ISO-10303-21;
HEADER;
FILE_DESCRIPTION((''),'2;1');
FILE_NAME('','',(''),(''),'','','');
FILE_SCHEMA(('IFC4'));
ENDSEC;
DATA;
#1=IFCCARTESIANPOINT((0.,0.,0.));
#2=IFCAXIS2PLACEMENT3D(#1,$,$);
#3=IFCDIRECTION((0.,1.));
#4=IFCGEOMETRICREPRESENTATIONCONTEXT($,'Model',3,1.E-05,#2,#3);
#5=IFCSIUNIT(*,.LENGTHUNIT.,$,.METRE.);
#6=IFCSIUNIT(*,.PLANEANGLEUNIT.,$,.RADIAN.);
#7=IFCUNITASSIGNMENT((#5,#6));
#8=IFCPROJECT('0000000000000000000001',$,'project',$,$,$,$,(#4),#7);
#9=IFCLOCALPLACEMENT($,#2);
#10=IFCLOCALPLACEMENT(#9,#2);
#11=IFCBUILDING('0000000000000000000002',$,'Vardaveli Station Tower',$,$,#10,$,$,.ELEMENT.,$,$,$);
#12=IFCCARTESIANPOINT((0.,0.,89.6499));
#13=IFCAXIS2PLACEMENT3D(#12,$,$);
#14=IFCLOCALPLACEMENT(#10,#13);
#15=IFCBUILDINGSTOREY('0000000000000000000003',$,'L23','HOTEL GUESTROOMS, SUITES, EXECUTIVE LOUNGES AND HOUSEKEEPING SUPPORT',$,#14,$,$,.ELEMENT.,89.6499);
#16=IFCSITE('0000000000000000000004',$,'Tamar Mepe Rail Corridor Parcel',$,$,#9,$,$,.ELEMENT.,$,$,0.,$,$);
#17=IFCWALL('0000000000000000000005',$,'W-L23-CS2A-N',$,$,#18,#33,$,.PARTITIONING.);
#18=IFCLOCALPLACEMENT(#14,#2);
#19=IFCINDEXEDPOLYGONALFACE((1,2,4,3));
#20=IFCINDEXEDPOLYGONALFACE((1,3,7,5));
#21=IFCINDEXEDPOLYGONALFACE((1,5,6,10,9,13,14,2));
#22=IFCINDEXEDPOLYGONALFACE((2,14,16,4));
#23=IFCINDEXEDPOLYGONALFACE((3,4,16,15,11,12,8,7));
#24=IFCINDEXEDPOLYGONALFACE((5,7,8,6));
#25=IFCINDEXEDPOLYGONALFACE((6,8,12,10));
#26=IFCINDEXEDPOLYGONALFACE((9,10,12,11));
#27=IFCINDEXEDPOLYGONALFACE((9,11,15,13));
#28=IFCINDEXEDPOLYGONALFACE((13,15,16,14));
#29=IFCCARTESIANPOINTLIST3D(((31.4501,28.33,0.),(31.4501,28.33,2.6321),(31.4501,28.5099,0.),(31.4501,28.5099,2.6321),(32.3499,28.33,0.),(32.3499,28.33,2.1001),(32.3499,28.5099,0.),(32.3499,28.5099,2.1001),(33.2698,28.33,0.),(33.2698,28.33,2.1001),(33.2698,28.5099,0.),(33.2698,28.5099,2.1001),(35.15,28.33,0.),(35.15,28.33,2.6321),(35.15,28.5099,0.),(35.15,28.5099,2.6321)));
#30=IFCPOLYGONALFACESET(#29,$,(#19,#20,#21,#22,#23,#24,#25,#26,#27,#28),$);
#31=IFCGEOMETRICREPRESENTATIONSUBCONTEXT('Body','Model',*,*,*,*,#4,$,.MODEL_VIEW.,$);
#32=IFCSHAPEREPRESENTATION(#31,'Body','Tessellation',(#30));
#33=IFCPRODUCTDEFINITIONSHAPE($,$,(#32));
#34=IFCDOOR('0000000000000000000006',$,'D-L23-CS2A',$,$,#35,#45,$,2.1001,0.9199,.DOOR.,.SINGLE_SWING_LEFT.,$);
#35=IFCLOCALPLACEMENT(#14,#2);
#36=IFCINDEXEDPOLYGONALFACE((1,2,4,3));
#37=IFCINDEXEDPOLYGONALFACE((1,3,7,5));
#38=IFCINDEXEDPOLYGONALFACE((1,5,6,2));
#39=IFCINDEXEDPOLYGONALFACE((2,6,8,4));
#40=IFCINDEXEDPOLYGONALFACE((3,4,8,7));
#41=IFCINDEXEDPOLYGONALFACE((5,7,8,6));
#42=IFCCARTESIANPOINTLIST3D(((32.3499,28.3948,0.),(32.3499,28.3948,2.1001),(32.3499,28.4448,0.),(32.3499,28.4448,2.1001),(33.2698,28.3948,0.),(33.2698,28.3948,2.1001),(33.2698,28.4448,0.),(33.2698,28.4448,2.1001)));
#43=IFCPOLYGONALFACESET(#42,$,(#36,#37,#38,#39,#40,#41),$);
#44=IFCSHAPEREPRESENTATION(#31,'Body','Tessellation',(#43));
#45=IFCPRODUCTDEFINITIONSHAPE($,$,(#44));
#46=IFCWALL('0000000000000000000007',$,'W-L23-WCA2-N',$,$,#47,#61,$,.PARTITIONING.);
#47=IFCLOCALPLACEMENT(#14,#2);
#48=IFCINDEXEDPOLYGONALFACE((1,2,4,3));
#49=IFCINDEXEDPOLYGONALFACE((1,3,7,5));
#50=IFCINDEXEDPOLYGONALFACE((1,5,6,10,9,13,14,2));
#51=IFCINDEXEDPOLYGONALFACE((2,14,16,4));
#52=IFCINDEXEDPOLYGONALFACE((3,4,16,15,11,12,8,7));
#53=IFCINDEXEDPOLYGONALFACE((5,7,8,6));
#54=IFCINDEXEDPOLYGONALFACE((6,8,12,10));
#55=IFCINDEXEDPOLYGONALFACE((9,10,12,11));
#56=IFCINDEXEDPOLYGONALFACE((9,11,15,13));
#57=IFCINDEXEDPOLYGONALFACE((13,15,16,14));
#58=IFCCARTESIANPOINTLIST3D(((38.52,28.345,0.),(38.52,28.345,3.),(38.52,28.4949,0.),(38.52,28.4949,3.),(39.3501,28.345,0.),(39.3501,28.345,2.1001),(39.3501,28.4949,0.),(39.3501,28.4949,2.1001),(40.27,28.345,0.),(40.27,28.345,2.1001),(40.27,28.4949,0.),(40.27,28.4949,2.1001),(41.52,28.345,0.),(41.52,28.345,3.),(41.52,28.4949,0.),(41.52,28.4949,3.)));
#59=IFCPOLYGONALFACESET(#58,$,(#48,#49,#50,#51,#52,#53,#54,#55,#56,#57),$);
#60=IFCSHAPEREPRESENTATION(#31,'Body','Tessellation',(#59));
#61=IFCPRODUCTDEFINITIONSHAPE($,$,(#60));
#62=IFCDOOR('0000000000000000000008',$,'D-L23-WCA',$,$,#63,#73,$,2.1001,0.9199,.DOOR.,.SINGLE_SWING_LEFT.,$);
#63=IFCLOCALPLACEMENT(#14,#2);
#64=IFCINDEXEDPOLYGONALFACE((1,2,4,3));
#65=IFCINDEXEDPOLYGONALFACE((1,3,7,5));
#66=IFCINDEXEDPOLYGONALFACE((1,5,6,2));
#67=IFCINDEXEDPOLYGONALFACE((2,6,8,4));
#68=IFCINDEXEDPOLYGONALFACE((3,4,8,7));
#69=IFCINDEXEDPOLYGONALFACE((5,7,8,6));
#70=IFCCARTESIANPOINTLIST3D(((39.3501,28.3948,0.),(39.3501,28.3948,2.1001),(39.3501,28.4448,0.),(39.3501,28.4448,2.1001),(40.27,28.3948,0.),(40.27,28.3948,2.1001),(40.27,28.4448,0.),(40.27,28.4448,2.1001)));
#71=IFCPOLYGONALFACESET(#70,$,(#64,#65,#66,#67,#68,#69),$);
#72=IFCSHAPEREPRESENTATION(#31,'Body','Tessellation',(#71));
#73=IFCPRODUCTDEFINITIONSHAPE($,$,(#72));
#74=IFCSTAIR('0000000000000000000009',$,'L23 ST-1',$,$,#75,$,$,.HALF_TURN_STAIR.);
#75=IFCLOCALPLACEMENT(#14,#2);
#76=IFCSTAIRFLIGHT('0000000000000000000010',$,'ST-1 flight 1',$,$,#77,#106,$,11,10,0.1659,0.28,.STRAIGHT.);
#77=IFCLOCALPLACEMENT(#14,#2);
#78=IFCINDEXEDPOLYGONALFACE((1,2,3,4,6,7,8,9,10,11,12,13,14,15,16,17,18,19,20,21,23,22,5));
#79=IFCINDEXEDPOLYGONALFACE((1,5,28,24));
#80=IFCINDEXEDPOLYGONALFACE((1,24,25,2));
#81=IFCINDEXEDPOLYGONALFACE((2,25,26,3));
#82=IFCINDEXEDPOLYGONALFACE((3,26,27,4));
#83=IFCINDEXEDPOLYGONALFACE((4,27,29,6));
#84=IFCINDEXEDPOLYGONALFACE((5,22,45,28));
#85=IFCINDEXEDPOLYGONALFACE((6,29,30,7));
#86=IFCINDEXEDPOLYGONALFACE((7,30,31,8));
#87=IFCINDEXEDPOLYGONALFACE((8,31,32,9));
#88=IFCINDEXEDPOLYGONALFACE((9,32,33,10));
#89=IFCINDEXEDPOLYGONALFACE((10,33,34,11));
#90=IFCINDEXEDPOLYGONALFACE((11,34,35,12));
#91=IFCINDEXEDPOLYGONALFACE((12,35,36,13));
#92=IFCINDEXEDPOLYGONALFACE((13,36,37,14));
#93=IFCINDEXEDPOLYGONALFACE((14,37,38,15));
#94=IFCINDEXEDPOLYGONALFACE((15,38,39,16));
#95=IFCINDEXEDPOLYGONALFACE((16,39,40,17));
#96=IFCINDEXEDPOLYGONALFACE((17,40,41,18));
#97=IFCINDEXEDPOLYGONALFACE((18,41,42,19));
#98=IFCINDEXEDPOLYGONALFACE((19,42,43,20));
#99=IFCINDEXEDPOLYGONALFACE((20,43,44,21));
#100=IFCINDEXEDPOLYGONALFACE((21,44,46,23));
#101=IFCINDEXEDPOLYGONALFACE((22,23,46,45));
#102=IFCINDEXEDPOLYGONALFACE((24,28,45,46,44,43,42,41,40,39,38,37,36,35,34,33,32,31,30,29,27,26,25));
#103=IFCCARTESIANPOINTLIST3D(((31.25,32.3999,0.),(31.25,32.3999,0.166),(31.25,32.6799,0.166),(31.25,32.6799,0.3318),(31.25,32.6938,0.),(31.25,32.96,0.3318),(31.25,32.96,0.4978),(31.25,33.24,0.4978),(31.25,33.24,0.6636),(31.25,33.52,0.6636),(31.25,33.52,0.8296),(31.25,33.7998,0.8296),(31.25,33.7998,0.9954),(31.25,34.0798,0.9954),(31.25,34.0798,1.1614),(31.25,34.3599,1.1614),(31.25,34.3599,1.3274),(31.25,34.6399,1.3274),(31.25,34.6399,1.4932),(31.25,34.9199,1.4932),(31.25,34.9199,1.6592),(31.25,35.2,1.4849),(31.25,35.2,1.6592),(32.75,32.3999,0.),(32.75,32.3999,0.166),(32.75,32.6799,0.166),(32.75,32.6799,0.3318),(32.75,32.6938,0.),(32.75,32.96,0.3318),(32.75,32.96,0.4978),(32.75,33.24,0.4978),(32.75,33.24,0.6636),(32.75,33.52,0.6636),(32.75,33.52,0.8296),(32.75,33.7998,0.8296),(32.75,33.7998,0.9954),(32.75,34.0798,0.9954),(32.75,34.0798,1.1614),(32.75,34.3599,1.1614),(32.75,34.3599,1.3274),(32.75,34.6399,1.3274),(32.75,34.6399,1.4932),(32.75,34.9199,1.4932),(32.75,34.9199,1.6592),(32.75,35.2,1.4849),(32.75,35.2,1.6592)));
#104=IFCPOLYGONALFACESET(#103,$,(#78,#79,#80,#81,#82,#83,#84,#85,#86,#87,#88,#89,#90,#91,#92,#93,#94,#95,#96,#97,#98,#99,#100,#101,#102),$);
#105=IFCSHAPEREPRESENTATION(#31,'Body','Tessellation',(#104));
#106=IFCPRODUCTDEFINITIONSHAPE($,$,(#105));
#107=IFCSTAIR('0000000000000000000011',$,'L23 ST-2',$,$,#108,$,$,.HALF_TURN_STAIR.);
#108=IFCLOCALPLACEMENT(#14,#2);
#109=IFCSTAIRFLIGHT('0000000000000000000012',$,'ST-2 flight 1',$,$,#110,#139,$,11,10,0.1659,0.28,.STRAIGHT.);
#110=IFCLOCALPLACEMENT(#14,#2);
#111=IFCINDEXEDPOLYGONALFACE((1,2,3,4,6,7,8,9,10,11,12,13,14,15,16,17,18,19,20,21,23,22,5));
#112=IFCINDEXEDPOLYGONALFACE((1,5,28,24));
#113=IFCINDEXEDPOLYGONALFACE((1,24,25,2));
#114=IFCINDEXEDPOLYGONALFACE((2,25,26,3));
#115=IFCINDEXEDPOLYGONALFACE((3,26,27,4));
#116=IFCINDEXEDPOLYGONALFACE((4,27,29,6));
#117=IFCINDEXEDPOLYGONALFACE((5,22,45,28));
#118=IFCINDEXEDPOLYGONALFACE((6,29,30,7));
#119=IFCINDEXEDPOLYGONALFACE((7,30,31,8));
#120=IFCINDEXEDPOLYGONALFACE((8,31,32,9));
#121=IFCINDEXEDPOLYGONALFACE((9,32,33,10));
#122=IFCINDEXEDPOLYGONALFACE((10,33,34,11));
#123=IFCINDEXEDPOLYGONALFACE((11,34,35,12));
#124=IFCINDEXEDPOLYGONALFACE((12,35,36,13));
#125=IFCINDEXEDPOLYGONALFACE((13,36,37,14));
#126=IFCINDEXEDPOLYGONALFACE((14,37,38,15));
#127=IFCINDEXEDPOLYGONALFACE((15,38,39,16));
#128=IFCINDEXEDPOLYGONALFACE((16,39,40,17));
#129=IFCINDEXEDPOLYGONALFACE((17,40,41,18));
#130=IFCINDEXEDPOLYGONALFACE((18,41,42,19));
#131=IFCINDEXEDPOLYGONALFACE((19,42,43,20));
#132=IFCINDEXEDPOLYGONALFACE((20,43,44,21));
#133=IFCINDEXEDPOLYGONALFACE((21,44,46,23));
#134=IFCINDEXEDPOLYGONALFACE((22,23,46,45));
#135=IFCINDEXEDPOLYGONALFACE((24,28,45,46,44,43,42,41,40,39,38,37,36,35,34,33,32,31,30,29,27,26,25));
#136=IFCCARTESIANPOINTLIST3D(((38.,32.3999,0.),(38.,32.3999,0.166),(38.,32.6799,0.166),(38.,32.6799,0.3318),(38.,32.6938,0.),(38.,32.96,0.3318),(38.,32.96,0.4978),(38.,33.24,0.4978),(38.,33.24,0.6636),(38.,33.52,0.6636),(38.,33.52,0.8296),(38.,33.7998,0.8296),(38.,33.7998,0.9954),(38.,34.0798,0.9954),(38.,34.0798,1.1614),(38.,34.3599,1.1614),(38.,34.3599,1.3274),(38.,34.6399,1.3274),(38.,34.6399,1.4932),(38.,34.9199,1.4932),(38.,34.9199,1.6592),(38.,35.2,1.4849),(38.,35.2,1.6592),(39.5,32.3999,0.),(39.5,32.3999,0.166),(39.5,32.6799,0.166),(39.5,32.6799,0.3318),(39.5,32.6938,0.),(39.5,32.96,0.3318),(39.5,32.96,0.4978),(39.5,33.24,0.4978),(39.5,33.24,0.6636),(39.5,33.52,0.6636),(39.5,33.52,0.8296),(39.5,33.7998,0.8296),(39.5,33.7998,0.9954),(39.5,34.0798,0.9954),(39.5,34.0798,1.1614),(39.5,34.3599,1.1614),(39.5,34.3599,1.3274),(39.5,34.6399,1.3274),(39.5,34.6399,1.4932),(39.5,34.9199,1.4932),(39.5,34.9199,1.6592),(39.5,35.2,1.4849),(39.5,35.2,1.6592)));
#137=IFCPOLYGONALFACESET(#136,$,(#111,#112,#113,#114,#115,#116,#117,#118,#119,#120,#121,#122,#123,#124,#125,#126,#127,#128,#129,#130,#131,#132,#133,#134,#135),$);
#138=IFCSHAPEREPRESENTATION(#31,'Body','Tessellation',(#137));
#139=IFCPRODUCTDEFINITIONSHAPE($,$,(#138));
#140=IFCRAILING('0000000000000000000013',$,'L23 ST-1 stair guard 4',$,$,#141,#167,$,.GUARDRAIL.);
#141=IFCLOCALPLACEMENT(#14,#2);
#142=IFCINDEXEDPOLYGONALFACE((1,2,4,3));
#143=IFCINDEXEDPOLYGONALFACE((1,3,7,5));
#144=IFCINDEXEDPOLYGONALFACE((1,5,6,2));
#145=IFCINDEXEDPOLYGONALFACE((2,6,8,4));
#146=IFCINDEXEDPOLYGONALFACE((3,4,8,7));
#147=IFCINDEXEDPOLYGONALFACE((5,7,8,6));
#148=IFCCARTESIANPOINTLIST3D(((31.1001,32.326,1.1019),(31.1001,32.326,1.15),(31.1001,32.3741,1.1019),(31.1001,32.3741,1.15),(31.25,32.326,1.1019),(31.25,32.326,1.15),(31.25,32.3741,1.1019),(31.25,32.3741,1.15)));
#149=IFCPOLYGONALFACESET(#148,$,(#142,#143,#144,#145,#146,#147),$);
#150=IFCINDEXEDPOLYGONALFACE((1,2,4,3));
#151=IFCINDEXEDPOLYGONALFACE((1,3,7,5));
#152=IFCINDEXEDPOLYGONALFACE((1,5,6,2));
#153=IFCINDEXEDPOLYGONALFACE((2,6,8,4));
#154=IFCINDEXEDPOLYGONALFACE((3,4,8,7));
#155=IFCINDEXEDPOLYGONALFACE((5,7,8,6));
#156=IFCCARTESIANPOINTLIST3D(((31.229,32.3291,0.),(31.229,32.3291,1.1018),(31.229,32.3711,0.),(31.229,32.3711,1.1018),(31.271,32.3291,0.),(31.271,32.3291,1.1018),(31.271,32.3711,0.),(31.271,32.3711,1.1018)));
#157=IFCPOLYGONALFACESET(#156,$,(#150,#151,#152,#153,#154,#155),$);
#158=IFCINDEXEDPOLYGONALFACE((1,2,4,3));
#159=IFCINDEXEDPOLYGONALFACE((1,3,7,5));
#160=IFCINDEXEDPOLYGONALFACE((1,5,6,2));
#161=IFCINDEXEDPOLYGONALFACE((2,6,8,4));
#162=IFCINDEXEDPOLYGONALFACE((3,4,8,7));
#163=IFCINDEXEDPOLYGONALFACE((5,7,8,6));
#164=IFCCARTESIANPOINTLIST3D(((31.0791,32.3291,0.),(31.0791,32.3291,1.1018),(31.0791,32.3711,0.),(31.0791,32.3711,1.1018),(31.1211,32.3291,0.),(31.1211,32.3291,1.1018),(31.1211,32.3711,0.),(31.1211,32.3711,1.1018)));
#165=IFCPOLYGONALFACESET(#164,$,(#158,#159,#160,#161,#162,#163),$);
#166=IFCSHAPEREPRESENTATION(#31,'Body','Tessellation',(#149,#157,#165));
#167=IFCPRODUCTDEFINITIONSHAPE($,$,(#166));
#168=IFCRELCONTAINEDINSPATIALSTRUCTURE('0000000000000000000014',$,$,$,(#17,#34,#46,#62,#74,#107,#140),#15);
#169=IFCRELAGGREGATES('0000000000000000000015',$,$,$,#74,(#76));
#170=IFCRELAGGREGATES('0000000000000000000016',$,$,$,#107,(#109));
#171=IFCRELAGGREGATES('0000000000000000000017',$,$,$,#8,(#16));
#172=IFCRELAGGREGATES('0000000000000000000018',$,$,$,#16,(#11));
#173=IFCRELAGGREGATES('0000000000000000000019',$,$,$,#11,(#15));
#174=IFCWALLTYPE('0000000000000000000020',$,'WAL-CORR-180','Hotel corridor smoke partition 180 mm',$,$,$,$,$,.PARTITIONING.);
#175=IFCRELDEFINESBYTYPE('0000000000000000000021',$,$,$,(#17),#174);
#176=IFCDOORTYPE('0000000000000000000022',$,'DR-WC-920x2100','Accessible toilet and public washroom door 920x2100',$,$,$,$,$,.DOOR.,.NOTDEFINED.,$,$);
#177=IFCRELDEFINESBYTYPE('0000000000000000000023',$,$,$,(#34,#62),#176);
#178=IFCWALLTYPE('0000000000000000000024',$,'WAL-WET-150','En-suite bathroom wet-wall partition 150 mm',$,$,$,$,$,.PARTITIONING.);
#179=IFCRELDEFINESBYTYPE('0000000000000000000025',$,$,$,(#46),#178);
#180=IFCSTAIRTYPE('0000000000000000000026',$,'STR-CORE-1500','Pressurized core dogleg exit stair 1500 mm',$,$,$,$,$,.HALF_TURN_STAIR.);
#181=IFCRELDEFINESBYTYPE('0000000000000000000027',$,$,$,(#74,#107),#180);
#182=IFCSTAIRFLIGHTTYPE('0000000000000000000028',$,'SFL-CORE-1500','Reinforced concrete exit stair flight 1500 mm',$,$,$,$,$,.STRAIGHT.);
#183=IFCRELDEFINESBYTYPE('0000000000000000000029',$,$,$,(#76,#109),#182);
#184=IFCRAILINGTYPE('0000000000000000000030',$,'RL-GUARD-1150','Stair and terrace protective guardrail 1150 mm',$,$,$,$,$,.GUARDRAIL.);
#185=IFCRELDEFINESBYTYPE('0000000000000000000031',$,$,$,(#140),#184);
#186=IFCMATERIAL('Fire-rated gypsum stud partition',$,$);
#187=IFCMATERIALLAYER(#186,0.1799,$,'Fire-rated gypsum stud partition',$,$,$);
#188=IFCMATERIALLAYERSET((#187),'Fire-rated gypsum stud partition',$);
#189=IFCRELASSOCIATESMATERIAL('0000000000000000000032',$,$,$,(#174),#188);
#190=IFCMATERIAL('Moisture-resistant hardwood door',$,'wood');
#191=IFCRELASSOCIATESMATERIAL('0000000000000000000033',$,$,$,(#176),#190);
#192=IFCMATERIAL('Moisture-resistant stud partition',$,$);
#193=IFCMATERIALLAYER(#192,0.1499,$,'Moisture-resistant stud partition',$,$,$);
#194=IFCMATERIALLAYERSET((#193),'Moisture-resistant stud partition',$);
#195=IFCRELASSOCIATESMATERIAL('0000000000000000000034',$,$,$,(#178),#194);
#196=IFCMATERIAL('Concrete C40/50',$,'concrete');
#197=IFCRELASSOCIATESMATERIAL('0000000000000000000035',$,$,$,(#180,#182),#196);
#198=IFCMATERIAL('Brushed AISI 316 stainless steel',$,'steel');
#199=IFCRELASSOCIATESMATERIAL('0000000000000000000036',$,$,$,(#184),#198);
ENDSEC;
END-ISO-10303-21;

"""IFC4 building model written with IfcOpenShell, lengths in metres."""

from ifc_helpers import new_model, si_unit, direction, frame, frame_2d, origin, origin_2d, place, context, subcontext, project, spatial, polyline, rectangle, outline, extrude, source, transform, mapped, material, layer, layer_set, type_object, element, fill, aggregate, save


model = new_model("IFC4")

# Units and contexts
model_context = context("Model", 3, precision=1e-05, world=origin(), true_north=direction((0.0, 1.0)))
body_context = subcontext(model_context, "Body", "Model", "MODEL_VIEW")
ifc_project = project(units=[si_unit("LENGTHUNIT", "METRE"), si_unit("PLANEANGLEUNIT", "RADIAN")], contexts=[model_context])

# Site, building, storey
site_placement = place(None, origin())
site = spatial("IfcSite", under=ifc_project, at=site_placement, Name="Tamar Mepe Rail Corridor Parcel", CompositionType="ELEMENT", RefElevation=0.0)
building_placement = place(site_placement, origin())
building = spatial("IfcBuilding", under=site, at=building_placement, Name="Vardaveli Station Tower", CompositionType="ELEMENT")
storey_placement = place(building_placement, frame((0.0, 0.0, 89.6499)))
storey = spatial("IfcBuildingStorey", under=building, at=storey_placement, Name="L23", Description="HOTEL GUESTROOMS, SUITES, EXECUTIVE LOUNGES AND HOUSEKEEPING SUPPORT", CompositionType="ELEMENT", Elevation=89.6499)

# Shared definitions
ifc_material_1 = material(Name="Concrete C40/50", Category="concrete")

# Walls, openings, doors
ifc_material_2 = material(Name="Fire-rated gypsum stud partition")
ifc_layer_1 = layer(ifc_material_2, 0.1799, Name="Fire-rated gypsum stud partition")
ifc_layer_set_1 = layer_set([ifc_layer_1], Name="Fire-rated gypsum stud partition")
wall_type_1 = type_object("IfcWallType", Name="WAL-CORR-180", Description="Hotel corridor smoke partition 180 mm", PredefinedType="PARTITIONING", material=ifc_layer_set_1)
shared_shape_1 = source(origin(), body_context, "Body", "SweptSolid", [
    extrude(rectangle(XDim=3.7, YDim=0.1799, at=frame_2d((1.8501, 0.0))), origin(), (0.0, 0.0, 1.0), 2.6321),
])
wall_1_placement = place(storey_placement, frame((31.45, 28.4199, 0.0), z_axis=(0.0, 0.0, 1.0), x_axis=(1.0, 0.0, 0.0)))
wall_1 = element("IfcWall", 1, at=wall_1_placement, inside=storey, type_object=wall_type_1, Name="W-L23-CS2A-N", PredefinedType="PARTITIONING", context=body_context, shape_type="MappedRepresentation", body=[
    mapped(shared_shape_1, transform((0.0, 0.0, 0.0), scale=1.0)),
])
shared_shape_2 = source(origin(), body_context, "Body", "SweptSolid", [
    extrude(rectangle(XDim=0.9199, YDim=2.1001, at=frame_2d((0.46, 1.05))), frame((0.0, 0.1001, 0.0), z_axis=(0.0, -1.0, 0.0), x_axis=(1.0, 0.0, 0.0)), (0.0, 0.0, 1.0), 0.2),
])
opening_1_placement = place(wall_1_placement, frame((0.8999, 0.0, 0.0)))
opening_1 = element("IfcOpeningElement", 2, at=opening_1_placement, cuts=wall_1, PredefinedType="OPENING", context=body_context, shape_type="MappedRepresentation", body=[
    mapped(shared_shape_2, transform((0.0, 0.0, 0.0), scale=1.0)),
])
ifc_material_3 = material(Name="Moisture-resistant hardwood door", Category="wood")
door_type_1 = type_object("IfcDoorType", Name="DR-WC-920x2100", Description="Accessible toilet and public washroom door 920x2100", OperationType="NOTDEFINED", PredefinedType="DOOR", material=ifc_material_3)
shared_shape_3 = source(origin(), body_context, "Body", "SweptSolid", [
    extrude(rectangle(XDim=0.9199, YDim=2.1001, at=frame_2d((0.46, 1.05))), frame((0.0, 0.0249, 0.0), z_axis=(0.0, -1.0, 0.0), x_axis=(1.0, 0.0, 0.0)), (0.0, 0.0, 1.0), 0.05),
])
door_1_placement = place(opening_1_placement, origin())
door_1 = element("IfcDoor", 3, at=door_1_placement, inside=storey, type_object=door_type_1, Name="D-L23-CS2A", OperationType="SINGLE_SWING_LEFT", OverallHeight=2.1001, OverallWidth=0.9199, PredefinedType="DOOR", context=body_context, shape_type="MappedRepresentation", body=[
    mapped(shared_shape_3, transform((0.0, 0.0, 0.0), scale=1.0)),
])
fill(opening_1, door_1)
ifc_material_4 = material(Name="Moisture-resistant stud partition")
ifc_layer_2 = layer(ifc_material_4, 0.1499, Name="Moisture-resistant stud partition")
ifc_layer_set_2 = layer_set([ifc_layer_2], Name="Moisture-resistant stud partition")
wall_type_2 = type_object("IfcWallType", Name="WAL-WET-150", Description="En-suite bathroom wet-wall partition 150 mm", PredefinedType="PARTITIONING", material=ifc_layer_set_2)
shared_shape_4 = source(origin(), body_context, "Body", "SweptSolid", [
    extrude(rectangle(XDim=3.0, YDim=0.1499, at=frame_2d((1.5, 0.0))), origin(), (0.0, 0.0, 1.0), 3.0),
])
wall_2_placement = place(storey_placement, frame((38.52, 28.4199, 0.0), z_axis=(0.0, 0.0, 1.0), x_axis=(1.0, 0.0, 0.0)))
wall_2 = element("IfcWall", 4, at=wall_2_placement, inside=storey, type_object=wall_type_2, Name="W-L23-WCA2-N", PredefinedType="PARTITIONING", context=body_context, shape_type="MappedRepresentation", body=[
    mapped(shared_shape_4, transform((0.0, 0.0, 0.0), scale=1.0)),
])
shared_shape_5 = source(origin(), body_context, "Body", "SweptSolid", [
    extrude(rectangle(XDim=0.9199, YDim=2.1001, at=frame_2d((0.46, 1.05))), frame((0.0, 0.085, 0.0), z_axis=(0.0, -1.0, 0.0), x_axis=(1.0, 0.0, 0.0)), (0.0, 0.0, 1.0), 0.1699),
])
opening_2_placement = place(wall_2_placement, frame((0.8301, 0.0, 0.0)))
opening_2 = element("IfcOpeningElement", 5, at=opening_2_placement, cuts=wall_2, PredefinedType="OPENING", context=body_context, shape_type="MappedRepresentation", body=[
    mapped(shared_shape_5, transform((0.0, 0.0, 0.0), scale=1.0)),
])
door_2_placement = place(opening_2_placement, origin())
door_2 = element("IfcDoor", 6, at=door_2_placement, inside=storey, type_object=door_type_1, Name="D-L23-WCA", OperationType="SINGLE_SWING_LEFT", OverallHeight=2.1001, OverallWidth=0.9199, PredefinedType="DOOR", context=body_context, shape_type="MappedRepresentation", body=[
    mapped(shared_shape_3, transform((0.0, 0.0, 0.0), scale=1.0)),
])
fill(opening_2, door_2)

# Stairs, stair flights
stair_type = type_object("IfcStairType", Name="STR-CORE-1500", Description="Pressurized core dogleg exit stair 1500 mm", PredefinedType="HALF_TURN_STAIR", material=ifc_material_1)
stair_1_placement = place(storey_placement, origin())
stair_1 = element("IfcStair", 7, at=stair_1_placement, inside=storey, type_object=stair_type, Name="L23 ST-1", PredefinedType="HALF_TURN_STAIR")
stair_flight_type = type_object("IfcStairFlightType", Name="SFL-CORE-1500", Description="Reinforced concrete exit stair flight 1500 mm", PredefinedType="STRAIGHT", material=ifc_material_1)
shared_shape_6 = source(origin(), body_context, "Body", "SweptSolid", [
    extrude(outline(polyline([(0.0, 0.0), (0.0, 0.166), (0.28, 0.166), (0.28, 0.3318), (0.5601, 0.3318), (0.5601, 0.4978), (0.8401, 0.4978), (0.8401, 0.6636), (1.1201, 0.6636), (1.1201, 0.8296), (1.3999, 0.8296), (1.3999, 0.9954), (1.6799, 0.9954), (1.6799, 1.1614), (1.96, 1.1614), (1.96, 1.3274), (2.24, 1.3274), (2.24, 1.4932), (2.52, 1.4932), (2.52, 1.6592), (2.8, 1.6592), (2.8, 1.825), (2.8, 1.4849), (0.2939, 0.0), (0.0, 0.0)])), frame((0.0, 0.75, 0.0), z_axis=(0.0, -1.0, 0.0), x_axis=(1.0, 0.0, 0.0)), (0.0, 0.0, 1.0), 1.5),
])
stair_flight_1_placement = place(storey_placement, frame((32.0, 32.3999, 0.0), z_axis=(0.0, 0.0, 1.0), x_axis=(0.0, 1.0, 0.0)))
stair_flight_1 = element("IfcStairFlight", 8, at=stair_flight_1_placement, type_object=stair_flight_type, Name="ST-1 flight 1", NumberOfRisers=11, NumberOfTreads=10, PredefinedType="STRAIGHT", RiserHeight=0.1659, TreadLength=0.28, context=body_context, shape_type="MappedRepresentation", body=[
    mapped(shared_shape_6, transform((0.0, 0.0, 0.0), scale=1.0)),
])
aggregate(stair_1, [stair_flight_1])
stair_2_placement = place(storey_placement, origin())
stair_2 = element("IfcStair", 9, at=stair_2_placement, inside=storey, type_object=stair_type, Name="L23 ST-2", PredefinedType="HALF_TURN_STAIR")
stair_flight_2_placement = place(storey_placement, frame((38.75, 32.3999, 0.0), z_axis=(0.0, 0.0, 1.0), x_axis=(0.0, 1.0, 0.0)))
stair_flight_2 = element("IfcStairFlight", 10, at=stair_flight_2_placement, type_object=stair_flight_type, Name="ST-2 flight 1", NumberOfRisers=11, NumberOfTreads=10, PredefinedType="STRAIGHT", RiserHeight=0.1659, TreadLength=0.28, context=body_context, shape_type="MappedRepresentation", body=[
    mapped(shared_shape_6, transform((0.0, 0.0, 0.0), scale=1.0)),
])
aggregate(stair_2, [stair_flight_2])

# Railing
ifc_material_5 = material(Name="Brushed AISI 316 stainless steel", Category="steel")
railing_type_1 = type_object("IfcRailingType", Name="RL-GUARD-1150", Description="Stair and terrace protective guardrail 1150 mm", PredefinedType="GUARDRAIL", material=ifc_material_5)
shared_shape_7 = source(origin(), body_context, "Body", "SweptSolid", [
    extrude(rectangle(XDim=0.0481, YDim=0.0481, at=origin_2d()), frame((0.0, 0.0, 1.126), z_axis=(-1.0, 0.0, 0.0), x_axis=(0.0, -1.0, 0.0)), (0.0, 0.0, 1.0), 0.1499),
    extrude(rectangle(XDim=0.042, YDim=0.042, at=origin_2d()), origin(), (0.0, 0.0, 1.0), 1.1018),
    extrude(rectangle(XDim=0.042, YDim=0.042, at=origin_2d()), frame((-0.1499, 0.0, 0.0)), (0.0, 0.0, 1.0), 1.1018),
])
for number, where, name in (
    (11, (31.25, 32.3501, 0.0), "L23 ST-1 stair guard 4"),
):
    element("IfcRailing", number, at=place(storey_placement, frame(where)), inside=storey, type_object=railing_type_1, Name=name, PredefinedType="GUARDRAIL", context=body_context, shape_type="MappedRepresentation", body=[
        mapped(shared_shape_7, transform((0.0, 0.0, 0.0), scale=1.0)),
    ])

save(model, "model.ifc")
